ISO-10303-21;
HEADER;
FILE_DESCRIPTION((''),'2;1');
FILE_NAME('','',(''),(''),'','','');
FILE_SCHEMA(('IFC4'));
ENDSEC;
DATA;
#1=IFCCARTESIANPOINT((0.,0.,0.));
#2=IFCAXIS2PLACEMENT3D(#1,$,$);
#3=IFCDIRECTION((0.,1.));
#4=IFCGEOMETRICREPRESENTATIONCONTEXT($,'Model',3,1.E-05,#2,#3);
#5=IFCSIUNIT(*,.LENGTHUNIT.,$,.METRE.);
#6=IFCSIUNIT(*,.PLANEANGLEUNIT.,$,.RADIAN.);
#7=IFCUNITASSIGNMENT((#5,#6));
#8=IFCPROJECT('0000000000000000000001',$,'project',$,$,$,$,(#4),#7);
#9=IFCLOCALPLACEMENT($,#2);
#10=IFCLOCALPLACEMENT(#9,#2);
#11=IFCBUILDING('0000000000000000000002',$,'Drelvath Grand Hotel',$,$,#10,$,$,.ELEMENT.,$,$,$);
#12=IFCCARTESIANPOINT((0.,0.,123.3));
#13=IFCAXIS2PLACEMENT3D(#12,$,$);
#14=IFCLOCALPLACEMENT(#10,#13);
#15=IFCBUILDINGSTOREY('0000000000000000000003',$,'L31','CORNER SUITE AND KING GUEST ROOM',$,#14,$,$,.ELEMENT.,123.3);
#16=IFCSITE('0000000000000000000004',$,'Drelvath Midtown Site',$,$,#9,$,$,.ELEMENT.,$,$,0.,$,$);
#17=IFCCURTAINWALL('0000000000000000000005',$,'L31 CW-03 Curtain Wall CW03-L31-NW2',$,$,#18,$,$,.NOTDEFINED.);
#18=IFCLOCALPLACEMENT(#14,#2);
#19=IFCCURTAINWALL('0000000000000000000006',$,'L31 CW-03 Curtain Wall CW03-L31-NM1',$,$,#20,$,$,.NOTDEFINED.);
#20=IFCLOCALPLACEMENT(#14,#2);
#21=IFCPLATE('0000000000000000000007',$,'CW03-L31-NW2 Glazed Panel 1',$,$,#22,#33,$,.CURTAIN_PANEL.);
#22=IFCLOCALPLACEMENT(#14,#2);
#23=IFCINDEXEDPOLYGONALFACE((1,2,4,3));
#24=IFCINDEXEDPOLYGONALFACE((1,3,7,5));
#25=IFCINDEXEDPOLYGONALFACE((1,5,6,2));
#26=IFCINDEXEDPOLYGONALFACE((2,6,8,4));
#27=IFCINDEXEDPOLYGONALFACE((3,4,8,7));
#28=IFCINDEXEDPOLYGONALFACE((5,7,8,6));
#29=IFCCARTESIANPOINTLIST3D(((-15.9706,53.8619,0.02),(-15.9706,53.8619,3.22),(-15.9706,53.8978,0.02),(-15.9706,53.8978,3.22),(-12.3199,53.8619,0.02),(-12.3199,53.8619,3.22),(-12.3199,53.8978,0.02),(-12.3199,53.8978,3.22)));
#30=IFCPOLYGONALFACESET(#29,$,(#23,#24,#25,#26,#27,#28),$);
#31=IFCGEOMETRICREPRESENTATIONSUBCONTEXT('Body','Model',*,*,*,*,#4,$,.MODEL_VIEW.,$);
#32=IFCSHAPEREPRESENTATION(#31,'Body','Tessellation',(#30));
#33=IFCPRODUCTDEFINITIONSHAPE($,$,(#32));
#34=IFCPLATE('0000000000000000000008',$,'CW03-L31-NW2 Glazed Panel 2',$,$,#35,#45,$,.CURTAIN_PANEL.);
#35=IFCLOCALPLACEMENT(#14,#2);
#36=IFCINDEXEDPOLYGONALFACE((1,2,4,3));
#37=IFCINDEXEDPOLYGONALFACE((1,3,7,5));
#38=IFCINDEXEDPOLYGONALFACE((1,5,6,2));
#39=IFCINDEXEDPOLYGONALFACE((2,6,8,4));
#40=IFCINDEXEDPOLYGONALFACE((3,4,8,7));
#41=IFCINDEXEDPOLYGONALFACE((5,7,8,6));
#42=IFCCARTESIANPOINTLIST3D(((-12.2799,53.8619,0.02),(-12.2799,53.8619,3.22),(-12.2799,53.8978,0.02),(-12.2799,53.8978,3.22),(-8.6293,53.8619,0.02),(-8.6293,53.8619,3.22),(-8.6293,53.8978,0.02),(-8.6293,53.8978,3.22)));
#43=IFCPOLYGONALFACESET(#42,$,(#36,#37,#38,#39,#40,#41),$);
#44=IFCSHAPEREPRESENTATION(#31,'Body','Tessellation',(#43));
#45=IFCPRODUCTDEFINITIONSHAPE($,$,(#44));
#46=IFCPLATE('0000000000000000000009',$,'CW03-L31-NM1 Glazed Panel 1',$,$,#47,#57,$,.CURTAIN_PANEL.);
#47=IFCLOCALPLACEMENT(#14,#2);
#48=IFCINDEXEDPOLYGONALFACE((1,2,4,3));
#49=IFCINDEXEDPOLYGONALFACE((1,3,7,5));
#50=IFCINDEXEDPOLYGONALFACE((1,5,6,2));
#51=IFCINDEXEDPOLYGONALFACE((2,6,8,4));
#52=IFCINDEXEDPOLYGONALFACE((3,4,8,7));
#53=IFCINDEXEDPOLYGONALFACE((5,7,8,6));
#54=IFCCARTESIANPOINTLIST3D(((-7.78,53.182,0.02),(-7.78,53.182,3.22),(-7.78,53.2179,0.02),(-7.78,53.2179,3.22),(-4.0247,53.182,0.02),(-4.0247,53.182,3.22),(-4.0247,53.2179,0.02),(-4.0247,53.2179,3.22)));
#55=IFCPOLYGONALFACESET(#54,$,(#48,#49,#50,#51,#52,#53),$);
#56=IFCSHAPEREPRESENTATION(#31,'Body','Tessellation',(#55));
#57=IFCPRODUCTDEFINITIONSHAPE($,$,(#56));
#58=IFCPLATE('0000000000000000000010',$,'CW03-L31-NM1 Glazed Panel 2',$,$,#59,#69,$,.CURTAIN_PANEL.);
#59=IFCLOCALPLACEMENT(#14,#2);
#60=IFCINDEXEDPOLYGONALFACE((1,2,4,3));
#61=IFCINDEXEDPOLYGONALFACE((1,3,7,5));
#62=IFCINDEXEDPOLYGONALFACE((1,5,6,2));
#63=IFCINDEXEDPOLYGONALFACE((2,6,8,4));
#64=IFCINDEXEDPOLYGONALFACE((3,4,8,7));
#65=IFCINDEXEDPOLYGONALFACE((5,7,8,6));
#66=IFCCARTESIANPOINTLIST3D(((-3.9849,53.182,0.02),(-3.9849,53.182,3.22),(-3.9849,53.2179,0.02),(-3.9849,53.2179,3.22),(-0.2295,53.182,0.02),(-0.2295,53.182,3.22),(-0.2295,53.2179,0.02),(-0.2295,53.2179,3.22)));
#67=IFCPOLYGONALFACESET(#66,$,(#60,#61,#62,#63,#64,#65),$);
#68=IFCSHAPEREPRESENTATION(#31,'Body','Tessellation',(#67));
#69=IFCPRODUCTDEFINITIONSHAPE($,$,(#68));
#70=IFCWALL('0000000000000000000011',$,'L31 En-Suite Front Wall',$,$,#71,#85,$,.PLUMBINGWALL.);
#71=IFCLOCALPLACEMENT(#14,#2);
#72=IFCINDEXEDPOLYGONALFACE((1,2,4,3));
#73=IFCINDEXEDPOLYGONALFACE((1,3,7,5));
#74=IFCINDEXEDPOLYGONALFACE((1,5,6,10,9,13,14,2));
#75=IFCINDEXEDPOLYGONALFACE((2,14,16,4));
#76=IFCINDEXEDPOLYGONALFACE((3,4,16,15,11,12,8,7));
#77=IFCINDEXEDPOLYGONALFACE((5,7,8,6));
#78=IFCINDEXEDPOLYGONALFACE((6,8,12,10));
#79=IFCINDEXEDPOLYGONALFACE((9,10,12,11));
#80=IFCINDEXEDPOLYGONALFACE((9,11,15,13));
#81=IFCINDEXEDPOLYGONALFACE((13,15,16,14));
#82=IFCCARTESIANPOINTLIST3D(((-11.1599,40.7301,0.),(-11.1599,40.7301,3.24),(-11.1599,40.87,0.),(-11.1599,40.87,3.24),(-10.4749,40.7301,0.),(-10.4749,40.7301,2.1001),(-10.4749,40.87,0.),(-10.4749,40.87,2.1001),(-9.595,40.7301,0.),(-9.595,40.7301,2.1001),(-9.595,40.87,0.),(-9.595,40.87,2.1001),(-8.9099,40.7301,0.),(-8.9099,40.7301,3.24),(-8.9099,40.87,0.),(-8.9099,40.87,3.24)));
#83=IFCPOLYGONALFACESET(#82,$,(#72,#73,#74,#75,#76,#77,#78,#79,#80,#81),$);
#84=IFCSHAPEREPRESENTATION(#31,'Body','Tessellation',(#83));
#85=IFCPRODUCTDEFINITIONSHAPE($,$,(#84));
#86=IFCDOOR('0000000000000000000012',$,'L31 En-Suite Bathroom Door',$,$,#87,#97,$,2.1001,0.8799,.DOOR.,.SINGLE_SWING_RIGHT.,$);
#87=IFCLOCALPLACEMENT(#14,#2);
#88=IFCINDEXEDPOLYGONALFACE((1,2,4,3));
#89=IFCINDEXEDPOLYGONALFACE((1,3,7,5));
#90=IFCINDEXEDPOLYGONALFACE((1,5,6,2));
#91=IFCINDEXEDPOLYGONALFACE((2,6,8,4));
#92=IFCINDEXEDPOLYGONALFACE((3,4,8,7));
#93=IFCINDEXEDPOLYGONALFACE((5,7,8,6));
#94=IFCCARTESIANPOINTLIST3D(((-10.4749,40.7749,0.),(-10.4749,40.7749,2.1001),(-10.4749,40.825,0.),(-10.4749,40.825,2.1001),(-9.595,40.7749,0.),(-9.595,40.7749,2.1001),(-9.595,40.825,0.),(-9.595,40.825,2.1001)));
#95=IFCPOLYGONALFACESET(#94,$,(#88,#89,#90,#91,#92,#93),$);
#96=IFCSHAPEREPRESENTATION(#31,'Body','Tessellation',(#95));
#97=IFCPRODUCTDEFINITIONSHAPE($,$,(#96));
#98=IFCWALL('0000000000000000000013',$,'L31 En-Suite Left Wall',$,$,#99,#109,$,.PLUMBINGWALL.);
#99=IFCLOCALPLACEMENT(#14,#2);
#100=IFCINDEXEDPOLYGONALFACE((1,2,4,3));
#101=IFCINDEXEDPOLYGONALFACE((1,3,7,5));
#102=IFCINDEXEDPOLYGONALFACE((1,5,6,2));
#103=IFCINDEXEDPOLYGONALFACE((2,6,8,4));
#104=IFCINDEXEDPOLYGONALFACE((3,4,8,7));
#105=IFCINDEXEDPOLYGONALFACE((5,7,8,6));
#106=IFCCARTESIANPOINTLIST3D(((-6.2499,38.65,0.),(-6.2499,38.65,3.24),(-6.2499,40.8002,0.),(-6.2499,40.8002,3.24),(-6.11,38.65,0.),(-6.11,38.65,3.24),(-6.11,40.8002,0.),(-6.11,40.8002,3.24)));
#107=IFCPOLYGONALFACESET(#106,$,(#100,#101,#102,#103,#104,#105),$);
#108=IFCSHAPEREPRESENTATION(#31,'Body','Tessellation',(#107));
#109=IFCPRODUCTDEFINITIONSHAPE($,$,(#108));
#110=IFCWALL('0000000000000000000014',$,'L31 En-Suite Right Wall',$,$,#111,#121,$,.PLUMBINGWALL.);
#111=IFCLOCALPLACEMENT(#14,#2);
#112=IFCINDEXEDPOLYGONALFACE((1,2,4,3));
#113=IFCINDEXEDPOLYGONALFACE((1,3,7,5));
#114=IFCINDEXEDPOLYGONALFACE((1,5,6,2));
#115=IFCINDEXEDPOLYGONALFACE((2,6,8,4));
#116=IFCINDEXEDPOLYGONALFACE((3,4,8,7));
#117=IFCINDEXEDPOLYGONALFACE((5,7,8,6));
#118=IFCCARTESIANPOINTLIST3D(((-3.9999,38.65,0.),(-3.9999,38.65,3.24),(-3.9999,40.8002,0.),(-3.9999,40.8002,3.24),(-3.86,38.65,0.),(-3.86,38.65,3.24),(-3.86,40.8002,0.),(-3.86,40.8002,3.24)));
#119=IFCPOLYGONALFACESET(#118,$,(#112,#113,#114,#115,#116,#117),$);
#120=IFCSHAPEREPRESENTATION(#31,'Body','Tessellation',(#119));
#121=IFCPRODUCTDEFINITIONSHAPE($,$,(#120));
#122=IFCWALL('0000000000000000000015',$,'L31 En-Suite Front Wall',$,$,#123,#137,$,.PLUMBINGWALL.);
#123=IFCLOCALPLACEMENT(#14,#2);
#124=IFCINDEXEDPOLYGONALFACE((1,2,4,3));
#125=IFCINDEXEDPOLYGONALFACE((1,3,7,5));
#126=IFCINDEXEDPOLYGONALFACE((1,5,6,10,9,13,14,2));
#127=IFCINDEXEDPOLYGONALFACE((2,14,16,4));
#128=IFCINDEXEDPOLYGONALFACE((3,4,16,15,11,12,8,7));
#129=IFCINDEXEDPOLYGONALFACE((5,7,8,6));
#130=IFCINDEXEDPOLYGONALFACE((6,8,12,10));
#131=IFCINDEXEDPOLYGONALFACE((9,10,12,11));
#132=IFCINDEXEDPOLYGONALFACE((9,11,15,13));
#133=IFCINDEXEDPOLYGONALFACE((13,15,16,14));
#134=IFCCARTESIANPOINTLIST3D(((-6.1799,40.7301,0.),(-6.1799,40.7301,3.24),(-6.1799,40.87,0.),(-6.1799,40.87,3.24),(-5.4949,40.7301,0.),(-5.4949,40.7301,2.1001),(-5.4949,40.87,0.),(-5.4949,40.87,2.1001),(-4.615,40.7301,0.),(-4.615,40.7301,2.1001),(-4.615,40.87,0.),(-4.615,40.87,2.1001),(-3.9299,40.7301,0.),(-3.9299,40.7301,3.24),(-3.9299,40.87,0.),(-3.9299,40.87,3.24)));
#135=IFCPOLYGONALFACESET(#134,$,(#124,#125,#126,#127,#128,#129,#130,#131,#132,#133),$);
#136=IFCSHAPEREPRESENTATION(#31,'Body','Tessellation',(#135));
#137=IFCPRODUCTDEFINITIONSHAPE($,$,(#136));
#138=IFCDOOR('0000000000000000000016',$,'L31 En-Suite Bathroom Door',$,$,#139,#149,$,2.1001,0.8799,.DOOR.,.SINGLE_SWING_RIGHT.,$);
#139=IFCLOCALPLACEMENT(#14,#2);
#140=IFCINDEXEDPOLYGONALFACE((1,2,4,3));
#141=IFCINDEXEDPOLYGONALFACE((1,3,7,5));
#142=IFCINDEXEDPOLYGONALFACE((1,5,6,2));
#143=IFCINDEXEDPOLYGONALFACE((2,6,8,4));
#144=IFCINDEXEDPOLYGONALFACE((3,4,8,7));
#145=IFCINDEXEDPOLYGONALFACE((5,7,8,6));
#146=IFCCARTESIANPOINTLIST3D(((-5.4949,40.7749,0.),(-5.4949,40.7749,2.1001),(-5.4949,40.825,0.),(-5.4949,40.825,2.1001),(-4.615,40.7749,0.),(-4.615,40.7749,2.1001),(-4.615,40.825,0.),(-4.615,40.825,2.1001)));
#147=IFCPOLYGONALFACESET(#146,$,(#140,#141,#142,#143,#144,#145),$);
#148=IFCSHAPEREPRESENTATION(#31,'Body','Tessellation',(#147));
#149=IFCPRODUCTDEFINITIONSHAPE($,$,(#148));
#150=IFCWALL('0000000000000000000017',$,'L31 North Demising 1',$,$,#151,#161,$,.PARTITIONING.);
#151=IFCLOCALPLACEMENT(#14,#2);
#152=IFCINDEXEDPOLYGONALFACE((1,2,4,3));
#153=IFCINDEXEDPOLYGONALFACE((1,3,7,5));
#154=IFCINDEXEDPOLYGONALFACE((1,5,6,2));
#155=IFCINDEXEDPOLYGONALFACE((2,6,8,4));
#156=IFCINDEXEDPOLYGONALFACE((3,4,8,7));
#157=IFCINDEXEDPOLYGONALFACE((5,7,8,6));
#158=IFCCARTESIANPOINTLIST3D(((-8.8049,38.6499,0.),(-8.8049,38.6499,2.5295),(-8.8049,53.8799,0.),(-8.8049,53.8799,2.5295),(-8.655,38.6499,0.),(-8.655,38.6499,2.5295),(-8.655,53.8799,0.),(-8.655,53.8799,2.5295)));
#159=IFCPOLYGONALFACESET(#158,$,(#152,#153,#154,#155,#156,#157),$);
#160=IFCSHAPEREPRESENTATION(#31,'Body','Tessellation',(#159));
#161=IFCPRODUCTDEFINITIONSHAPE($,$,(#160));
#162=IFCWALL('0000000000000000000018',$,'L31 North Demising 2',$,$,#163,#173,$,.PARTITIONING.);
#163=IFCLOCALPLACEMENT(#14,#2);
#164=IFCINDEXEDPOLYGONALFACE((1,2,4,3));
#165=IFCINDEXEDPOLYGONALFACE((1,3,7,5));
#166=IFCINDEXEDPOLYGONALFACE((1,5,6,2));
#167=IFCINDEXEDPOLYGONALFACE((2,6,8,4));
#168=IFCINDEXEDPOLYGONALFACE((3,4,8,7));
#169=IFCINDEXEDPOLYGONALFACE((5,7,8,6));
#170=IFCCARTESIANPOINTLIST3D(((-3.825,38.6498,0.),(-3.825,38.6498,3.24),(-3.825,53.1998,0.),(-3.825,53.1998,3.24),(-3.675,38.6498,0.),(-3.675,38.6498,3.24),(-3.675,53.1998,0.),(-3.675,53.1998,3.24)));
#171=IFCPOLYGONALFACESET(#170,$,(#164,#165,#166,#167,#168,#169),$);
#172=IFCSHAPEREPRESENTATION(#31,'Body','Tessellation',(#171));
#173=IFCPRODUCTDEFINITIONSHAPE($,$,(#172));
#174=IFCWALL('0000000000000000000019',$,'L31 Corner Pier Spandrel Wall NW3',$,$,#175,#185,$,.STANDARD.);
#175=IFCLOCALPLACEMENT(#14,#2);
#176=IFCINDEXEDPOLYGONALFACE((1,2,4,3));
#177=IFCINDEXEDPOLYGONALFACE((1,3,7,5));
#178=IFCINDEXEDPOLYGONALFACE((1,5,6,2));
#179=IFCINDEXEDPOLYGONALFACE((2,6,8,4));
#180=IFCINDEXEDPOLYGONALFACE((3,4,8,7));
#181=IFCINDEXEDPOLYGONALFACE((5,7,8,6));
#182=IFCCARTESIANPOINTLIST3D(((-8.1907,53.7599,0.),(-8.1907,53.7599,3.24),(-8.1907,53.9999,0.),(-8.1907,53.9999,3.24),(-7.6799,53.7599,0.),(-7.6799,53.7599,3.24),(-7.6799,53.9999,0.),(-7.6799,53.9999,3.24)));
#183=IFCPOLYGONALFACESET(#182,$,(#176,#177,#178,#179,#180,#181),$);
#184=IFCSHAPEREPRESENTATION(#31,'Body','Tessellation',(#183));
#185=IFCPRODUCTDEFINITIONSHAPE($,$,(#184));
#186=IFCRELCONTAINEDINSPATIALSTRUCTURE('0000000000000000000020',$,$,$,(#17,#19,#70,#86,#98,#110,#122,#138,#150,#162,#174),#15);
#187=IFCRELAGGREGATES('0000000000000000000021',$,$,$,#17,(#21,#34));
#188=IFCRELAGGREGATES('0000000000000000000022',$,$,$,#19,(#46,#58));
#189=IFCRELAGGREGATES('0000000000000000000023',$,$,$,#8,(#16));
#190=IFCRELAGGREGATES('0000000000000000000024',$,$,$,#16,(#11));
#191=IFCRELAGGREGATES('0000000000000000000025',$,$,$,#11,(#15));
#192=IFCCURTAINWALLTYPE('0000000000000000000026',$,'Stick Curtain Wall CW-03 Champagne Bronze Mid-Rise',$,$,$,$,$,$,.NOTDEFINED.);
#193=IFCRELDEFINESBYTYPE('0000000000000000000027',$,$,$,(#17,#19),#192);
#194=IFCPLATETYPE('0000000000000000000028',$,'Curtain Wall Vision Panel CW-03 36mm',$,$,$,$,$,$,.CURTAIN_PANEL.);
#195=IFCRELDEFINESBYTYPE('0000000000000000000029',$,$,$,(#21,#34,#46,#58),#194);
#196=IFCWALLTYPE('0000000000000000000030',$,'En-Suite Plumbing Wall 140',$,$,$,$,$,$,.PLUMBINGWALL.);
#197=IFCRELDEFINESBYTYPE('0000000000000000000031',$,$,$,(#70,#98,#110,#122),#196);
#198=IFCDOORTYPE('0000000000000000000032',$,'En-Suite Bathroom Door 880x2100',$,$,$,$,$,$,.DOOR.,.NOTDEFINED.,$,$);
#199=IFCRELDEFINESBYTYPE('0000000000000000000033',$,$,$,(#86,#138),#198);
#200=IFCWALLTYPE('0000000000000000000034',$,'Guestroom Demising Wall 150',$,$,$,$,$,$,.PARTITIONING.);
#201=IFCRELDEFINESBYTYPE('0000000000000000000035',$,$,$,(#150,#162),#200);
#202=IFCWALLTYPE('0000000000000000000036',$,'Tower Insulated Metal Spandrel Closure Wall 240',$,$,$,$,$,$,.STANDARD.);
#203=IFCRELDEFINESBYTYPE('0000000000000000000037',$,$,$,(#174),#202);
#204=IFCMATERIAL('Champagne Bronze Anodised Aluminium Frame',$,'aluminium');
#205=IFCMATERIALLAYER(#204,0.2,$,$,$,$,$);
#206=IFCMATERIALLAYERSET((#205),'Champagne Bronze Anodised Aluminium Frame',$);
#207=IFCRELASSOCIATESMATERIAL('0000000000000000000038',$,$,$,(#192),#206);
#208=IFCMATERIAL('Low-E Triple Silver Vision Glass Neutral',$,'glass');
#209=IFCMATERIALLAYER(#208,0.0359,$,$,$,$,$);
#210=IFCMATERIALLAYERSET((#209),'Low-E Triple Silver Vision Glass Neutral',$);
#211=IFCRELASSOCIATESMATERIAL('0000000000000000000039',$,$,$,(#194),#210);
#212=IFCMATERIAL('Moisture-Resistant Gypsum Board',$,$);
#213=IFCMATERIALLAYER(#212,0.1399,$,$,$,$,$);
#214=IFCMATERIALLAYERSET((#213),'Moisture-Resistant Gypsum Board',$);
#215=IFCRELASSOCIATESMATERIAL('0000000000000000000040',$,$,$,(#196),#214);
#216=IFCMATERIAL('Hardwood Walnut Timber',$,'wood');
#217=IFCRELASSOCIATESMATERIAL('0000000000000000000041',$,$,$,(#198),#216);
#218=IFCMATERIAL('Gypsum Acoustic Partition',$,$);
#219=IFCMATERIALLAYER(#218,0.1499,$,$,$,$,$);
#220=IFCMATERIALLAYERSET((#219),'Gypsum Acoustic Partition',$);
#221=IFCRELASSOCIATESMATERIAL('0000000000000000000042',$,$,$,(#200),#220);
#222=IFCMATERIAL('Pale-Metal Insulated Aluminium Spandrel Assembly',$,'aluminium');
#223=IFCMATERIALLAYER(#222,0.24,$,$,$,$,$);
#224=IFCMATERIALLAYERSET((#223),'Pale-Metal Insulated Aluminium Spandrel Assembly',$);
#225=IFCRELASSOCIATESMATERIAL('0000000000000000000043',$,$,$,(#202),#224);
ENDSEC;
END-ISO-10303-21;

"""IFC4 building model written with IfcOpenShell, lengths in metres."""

from ifc_helpers import new_model, si_unit, direction, frame, frame_2d, origin, origin_2d, place, context, subcontext, project, spatial, rectangle, extrude, material, layer, layer_set, type_object, element, fill, aggregate, save


model = new_model("IFC4")

# Units and contexts
model_context = context("Model", 3, precision=1e-05, world=origin(), true_north=direction((0.0, 1.0)))
body_context = subcontext(model_context, "Body", "Model", "MODEL_VIEW")
ifc_project = project(units=[si_unit("LENGTHUNIT", "METRE"), si_unit("PLANEANGLEUNIT", "RADIAN")], contexts=[model_context])

# Site, building, storey
site_placement = place(None, origin())
site = spatial("IfcSite", under=ifc_project, at=site_placement, Name="Drelvath Midtown Site", CompositionType="ELEMENT", RefElevation=0.0)
building_placement = place(site_placement, origin())
building = spatial("IfcBuilding", under=site, at=building_placement, Name="Drelvath Grand Hotel", CompositionType="ELEMENT")
storey_placement = place(building_placement, frame((0.0, 0.0, 123.3)))
storey = spatial("IfcBuildingStorey", under=building, at=storey_placement, Name="L31", Description="CORNER SUITE AND KING GUEST ROOM", CompositionType="ELEMENT", Elevation=123.3)

# Curtain walls
ifc_material_1 = material(Name="Champagne Bronze Anodised Aluminium Frame", Category="aluminium")
ifc_layer_1 = layer(ifc_material_1, 0.2)
ifc_layer_set_1 = layer_set([ifc_layer_1], Name="Champagne Bronze Anodised Aluminium Frame")
curtain_wall_type = type_object("IfcCurtainWallType", Name="Stick Curtain Wall CW-03 Champagne Bronze Mid-Rise", PredefinedType="NOTDEFINED", material=ifc_layer_set_1)
curtain_wall_1_placement = place(storey_placement, origin())
curtain_wall_1 = element("IfcCurtainWall", 1, at=curtain_wall_1_placement, inside=storey, type_object=curtain_wall_type, Name="L31 CW-03 Curtain Wall CW03-L31-NW2", PredefinedType="NOTDEFINED")
curtain_wall_2_placement = place(storey_placement, origin())
curtain_wall_2 = element("IfcCurtainWall", 2, at=curtain_wall_2_placement, inside=storey, type_object=curtain_wall_type, Name="L31 CW-03 Curtain Wall CW03-L31-NM1", PredefinedType="NOTDEFINED")

# Plates
ifc_material_2 = material(Name="Low-E Triple Silver Vision Glass Neutral", Category="glass")
ifc_layer_2 = layer(ifc_material_2, 0.0359)
ifc_layer_set_2 = layer_set([ifc_layer_2], Name="Low-E Triple Silver Vision Glass Neutral")
plate_type = type_object("IfcPlateType", Name="Curtain Wall Vision Panel CW-03 36mm", PredefinedType="CURTAIN_PANEL", material=ifc_layer_set_2)
plate_1_placement = place(storey_placement, frame((-14.1453, 53.8799, 0.02), z_axis=(0.0, 0.0, 1.0), x_axis=(1.0, 0.0, 0.0)))
plate_1 = element("IfcPlate", 3, at=plate_1_placement, type_object=plate_type, Name="CW03-L31-NW2 Glazed Panel 1", PredefinedType="CURTAIN_PANEL", context=body_context, shape_type="SweptSolid", body=[
    extrude(rectangle(XDim=3.6506, YDim=0.0359, at=origin_2d()), origin(), (0.0, 0.0, 1.0), 3.2),
])
plate_2_placement = place(storey_placement, frame((-10.4546, 53.8799, 0.02), z_axis=(0.0, 0.0, 1.0), x_axis=(1.0, 0.0, 0.0)))
plate_2 = element("IfcPlate", 4, at=plate_2_placement, type_object=plate_type, Name="CW03-L31-NW2 Glazed Panel 2", PredefinedType="CURTAIN_PANEL", context=body_context, shape_type="SweptSolid", body=[
    extrude(rectangle(XDim=3.6506, YDim=0.0359, at=origin_2d()), origin(), (0.0, 0.0, 1.0), 3.2),
])
aggregate(curtain_wall_1, [plate_1, plate_2])
plate_3_placement = place(storey_placement, frame((-5.9023, 53.2, 0.02), z_axis=(0.0, 0.0, 1.0), x_axis=(1.0, 0.0, 0.0)))
plate_3 = element("IfcPlate", 5, at=plate_3_placement, type_object=plate_type, Name="CW03-L31-NM1 Glazed Panel 1", PredefinedType="CURTAIN_PANEL", context=body_context, shape_type="SweptSolid", body=[
    extrude(rectangle(XDim=3.7554, YDim=0.0359, at=origin_2d()), origin(), (0.0, 0.0, 1.0), 3.2),
])
plate_4_placement = place(storey_placement, frame((-2.1072, 53.2, 0.02), z_axis=(0.0, 0.0, 1.0), x_axis=(1.0, 0.0, 0.0)))
plate_4 = element("IfcPlate", 6, at=plate_4_placement, type_object=plate_type, Name="CW03-L31-NM1 Glazed Panel 2", PredefinedType="CURTAIN_PANEL", context=body_context, shape_type="SweptSolid", body=[
    extrude(rectangle(XDim=3.7554, YDim=0.0359, at=origin_2d()), origin(), (0.0, 0.0, 1.0), 3.2),
])
aggregate(curtain_wall_2, [plate_3, plate_4])

# Wall, opening, door
ifc_material_3 = material(Name="Moisture-Resistant Gypsum Board")
ifc_layer_3 = layer(ifc_material_3, 0.1399)
ifc_layer_set_3 = layer_set([ifc_layer_3], Name="Moisture-Resistant Gypsum Board")
wall_type_1 = type_object("IfcWallType", Name="En-Suite Plumbing Wall 140", PredefinedType="PLUMBINGWALL", material=ifc_layer_set_3)
wall_1_placement = place(storey_placement, frame((-11.1599, 40.8, 0.0), z_axis=(0.0, 0.0, 1.0), x_axis=(1.0, 0.0, 0.0)))
wall_1 = element("IfcWall", 7, at=wall_1_placement, inside=storey, type_object=wall_type_1, Name="L31 En-Suite Front Wall", PredefinedType="PLUMBINGWALL", context=body_context, shape_type="SweptSolid", body=[
    extrude(rectangle(XDim=2.25, YDim=0.1399, at=frame_2d((1.125, 0.0))), origin(), (0.0, 0.0, 1.0), 3.24),
])
opening_1_placement = place(wall_1_placement, frame((0.6851, 0.0, 0.0)))
opening_1 = element("IfcOpeningElement", 8, at=opening_1_placement, cuts=wall_1, PredefinedType="OPENING", context=body_context, shape_type="SweptSolid", body=[
    extrude(rectangle(XDim=0.8799, YDim=2.1001, at=frame_2d((0.4399, 1.05))), frame((0.0, 0.0798, 0.0), z_axis=(0.0, -1.0, 0.0), x_axis=(1.0, 0.0, 0.0)), (0.0, 0.0, 1.0), 0.1599),
])
ifc_material_4 = material(Name="Hardwood Walnut Timber", Category="wood")
door_type = type_object("IfcDoorType", Name="En-Suite Bathroom Door 880x2100", OperationType="NOTDEFINED", PredefinedType="DOOR", material=ifc_material_4)
door_1_placement = place(opening_1_placement, origin())
door_1 = element("IfcDoor", 9, at=door_1_placement, inside=storey, type_object=door_type, Name="L31 En-Suite Bathroom Door", OperationType="SINGLE_SWING_RIGHT", OverallHeight=2.1001, OverallWidth=0.8799, PredefinedType="DOOR", context=body_context, shape_type="SweptSolid", body=[
    extrude(rectangle(XDim=0.8799, YDim=2.1001, at=frame_2d((0.4399, 1.05))), frame((0.0, 0.0249, 0.0), z_axis=(0.0, -1.0, 0.0), x_axis=(1.0, 0.0, 0.0)), (0.0, 0.0, 1.0), 0.05),
])
fill(opening_1, door_1)

# Walls
for number, where, z_axis, x_axis, name in (
    (10, (-6.1799, 38.6499, 0.0), (0.0, 0.0, 1.0), (0.0, 1.0, 0.0), "L31 En-Suite Left Wall"),
    (11, (-3.9299, 38.6499, 0.0), (0.0, 0.0, 1.0), (0.0, 1.0, 0.0), "L31 En-Suite Right Wall"),
):
    element("IfcWall", number, at=place(storey_placement, frame(where, z_axis=z_axis, x_axis=x_axis)), inside=storey, type_object=wall_type_1, Name=name, PredefinedType="PLUMBINGWALL", context=body_context, shape_type="SweptSolid", body=[
        extrude(rectangle(XDim=2.1501, YDim=0.1399, at=frame_2d((1.0752, 0.0))), origin(), (0.0, 0.0, 1.0), 3.24),
    ])

# Wall, opening, door
wall_2_placement = place(storey_placement, frame((-6.1799, 40.8, 0.0), z_axis=(0.0, 0.0, 1.0), x_axis=(1.0, 0.0, 0.0)))
wall_2 = element("IfcWall", 12, at=wall_2_placement, inside=storey, type_object=wall_type_1, Name="L31 En-Suite Front Wall", PredefinedType="PLUMBINGWALL", context=body_context, shape_type="SweptSolid", body=[
    extrude(rectangle(XDim=2.25, YDim=0.1399, at=frame_2d((1.125, 0.0))), origin(), (0.0, 0.0, 1.0), 3.24),
])
opening_2_placement = place(wall_2_placement, frame((0.6851, 0.0, 0.0)))
opening_2 = element("IfcOpeningElement", 13, at=opening_2_placement, cuts=wall_2, PredefinedType="OPENING", context=body_context, shape_type="SweptSolid", body=[
    extrude(rectangle(XDim=0.8799, YDim=2.1001, at=frame_2d((0.4399, 1.05))), frame((0.0, 0.0798, 0.0), z_axis=(0.0, -1.0, 0.0), x_axis=(1.0, 0.0, 0.0)), (0.0, 0.0, 1.0), 0.1599),
])
door_2_placement = place(opening_2_placement, origin())
door_2 = element("IfcDoor", 14, at=door_2_placement, inside=storey, type_object=door_type, Name="L31 En-Suite Bathroom Door", OperationType="SINGLE_SWING_RIGHT", OverallHeight=2.1001, OverallWidth=0.8799, PredefinedType="DOOR", context=body_context, shape_type="SweptSolid", body=[
    extrude(rectangle(XDim=0.8799, YDim=2.1001, at=frame_2d((0.4399, 1.05))), frame((0.0, 0.0249, 0.0), z_axis=(0.0, -1.0, 0.0), x_axis=(1.0, 0.0, 0.0)), (0.0, 0.0, 1.0), 0.05),
])
fill(opening_2, door_2)

# Walls
ifc_material_5 = material(Name="Gypsum Acoustic Partition")
ifc_layer_4 = layer(ifc_material_5, 0.1499)
ifc_layer_set_4 = layer_set([ifc_layer_4], Name="Gypsum Acoustic Partition")
wall_type_2 = type_object("IfcWallType", Name="Guestroom Demising Wall 150", PredefinedType="PARTITIONING", material=ifc_layer_set_4)
wall_3_placement = place(storey_placement, frame((-8.73, 38.6499, 0.0), z_axis=(0.0, 0.0, 1.0), x_axis=(0.0, 1.0, 0.0)))
element("IfcWall", 15, at=wall_3_placement, inside=storey, type_object=wall_type_2, Name="L31 North Demising 1", PredefinedType="PARTITIONING", context=body_context, shape_type="SweptSolid", body=[
    extrude(rectangle(XDim=15.23, YDim=0.1499, at=frame_2d((7.615, 0.0))), origin(), (0.0, 0.0, 1.0), 2.5295),
])
wall_4_placement = place(storey_placement, frame((-3.75, 38.6499, 0.0), z_axis=(0.0, 0.0, 1.0), x_axis=(0.0, 1.0, 0.0)))
element("IfcWall", 16, at=wall_4_placement, inside=storey, type_object=wall_type_2, Name="L31 North Demising 2", PredefinedType="PARTITIONING", context=body_context, shape_type="SweptSolid", body=[
    extrude(rectangle(XDim=14.55, YDim=0.1499, at=frame_2d((7.2749, 0.0))), origin(), (0.0, 0.0, 1.0), 3.24),
])
ifc_material_6 = material(Name="Pale-Metal Insulated Aluminium Spandrel Assembly", Category="aluminium")
ifc_layer_5 = layer(ifc_material_6, 0.24)
ifc_layer_set_5 = layer_set([ifc_layer_5], Name="Pale-Metal Insulated Aluminium Spandrel Assembly")
wall_type_3 = type_object("IfcWallType", Name="Tower Insulated Metal Spandrel Closure Wall 240", PredefinedType="STANDARD", material=ifc_layer_set_5)
wall_5_placement = place(storey_placement, frame((-8.1907, 53.8799, 0.0), z_axis=(0.0, 0.0, 1.0), x_axis=(1.0, 0.0, 0.0)))
element("IfcWall", 17, at=wall_5_placement, inside=storey, type_object=wall_type_3, Name="L31 Corner Pier Spandrel Wall NW3", PredefinedType="STANDARD", context=body_context, shape_type="SweptSolid", body=[
    extrude(rectangle(XDim=0.5107, YDim=0.24, at=frame_2d((0.2554, 0.0))), origin(), (0.0, 0.0, 1.0), 3.24),
])

save(model, "model.ifc")
